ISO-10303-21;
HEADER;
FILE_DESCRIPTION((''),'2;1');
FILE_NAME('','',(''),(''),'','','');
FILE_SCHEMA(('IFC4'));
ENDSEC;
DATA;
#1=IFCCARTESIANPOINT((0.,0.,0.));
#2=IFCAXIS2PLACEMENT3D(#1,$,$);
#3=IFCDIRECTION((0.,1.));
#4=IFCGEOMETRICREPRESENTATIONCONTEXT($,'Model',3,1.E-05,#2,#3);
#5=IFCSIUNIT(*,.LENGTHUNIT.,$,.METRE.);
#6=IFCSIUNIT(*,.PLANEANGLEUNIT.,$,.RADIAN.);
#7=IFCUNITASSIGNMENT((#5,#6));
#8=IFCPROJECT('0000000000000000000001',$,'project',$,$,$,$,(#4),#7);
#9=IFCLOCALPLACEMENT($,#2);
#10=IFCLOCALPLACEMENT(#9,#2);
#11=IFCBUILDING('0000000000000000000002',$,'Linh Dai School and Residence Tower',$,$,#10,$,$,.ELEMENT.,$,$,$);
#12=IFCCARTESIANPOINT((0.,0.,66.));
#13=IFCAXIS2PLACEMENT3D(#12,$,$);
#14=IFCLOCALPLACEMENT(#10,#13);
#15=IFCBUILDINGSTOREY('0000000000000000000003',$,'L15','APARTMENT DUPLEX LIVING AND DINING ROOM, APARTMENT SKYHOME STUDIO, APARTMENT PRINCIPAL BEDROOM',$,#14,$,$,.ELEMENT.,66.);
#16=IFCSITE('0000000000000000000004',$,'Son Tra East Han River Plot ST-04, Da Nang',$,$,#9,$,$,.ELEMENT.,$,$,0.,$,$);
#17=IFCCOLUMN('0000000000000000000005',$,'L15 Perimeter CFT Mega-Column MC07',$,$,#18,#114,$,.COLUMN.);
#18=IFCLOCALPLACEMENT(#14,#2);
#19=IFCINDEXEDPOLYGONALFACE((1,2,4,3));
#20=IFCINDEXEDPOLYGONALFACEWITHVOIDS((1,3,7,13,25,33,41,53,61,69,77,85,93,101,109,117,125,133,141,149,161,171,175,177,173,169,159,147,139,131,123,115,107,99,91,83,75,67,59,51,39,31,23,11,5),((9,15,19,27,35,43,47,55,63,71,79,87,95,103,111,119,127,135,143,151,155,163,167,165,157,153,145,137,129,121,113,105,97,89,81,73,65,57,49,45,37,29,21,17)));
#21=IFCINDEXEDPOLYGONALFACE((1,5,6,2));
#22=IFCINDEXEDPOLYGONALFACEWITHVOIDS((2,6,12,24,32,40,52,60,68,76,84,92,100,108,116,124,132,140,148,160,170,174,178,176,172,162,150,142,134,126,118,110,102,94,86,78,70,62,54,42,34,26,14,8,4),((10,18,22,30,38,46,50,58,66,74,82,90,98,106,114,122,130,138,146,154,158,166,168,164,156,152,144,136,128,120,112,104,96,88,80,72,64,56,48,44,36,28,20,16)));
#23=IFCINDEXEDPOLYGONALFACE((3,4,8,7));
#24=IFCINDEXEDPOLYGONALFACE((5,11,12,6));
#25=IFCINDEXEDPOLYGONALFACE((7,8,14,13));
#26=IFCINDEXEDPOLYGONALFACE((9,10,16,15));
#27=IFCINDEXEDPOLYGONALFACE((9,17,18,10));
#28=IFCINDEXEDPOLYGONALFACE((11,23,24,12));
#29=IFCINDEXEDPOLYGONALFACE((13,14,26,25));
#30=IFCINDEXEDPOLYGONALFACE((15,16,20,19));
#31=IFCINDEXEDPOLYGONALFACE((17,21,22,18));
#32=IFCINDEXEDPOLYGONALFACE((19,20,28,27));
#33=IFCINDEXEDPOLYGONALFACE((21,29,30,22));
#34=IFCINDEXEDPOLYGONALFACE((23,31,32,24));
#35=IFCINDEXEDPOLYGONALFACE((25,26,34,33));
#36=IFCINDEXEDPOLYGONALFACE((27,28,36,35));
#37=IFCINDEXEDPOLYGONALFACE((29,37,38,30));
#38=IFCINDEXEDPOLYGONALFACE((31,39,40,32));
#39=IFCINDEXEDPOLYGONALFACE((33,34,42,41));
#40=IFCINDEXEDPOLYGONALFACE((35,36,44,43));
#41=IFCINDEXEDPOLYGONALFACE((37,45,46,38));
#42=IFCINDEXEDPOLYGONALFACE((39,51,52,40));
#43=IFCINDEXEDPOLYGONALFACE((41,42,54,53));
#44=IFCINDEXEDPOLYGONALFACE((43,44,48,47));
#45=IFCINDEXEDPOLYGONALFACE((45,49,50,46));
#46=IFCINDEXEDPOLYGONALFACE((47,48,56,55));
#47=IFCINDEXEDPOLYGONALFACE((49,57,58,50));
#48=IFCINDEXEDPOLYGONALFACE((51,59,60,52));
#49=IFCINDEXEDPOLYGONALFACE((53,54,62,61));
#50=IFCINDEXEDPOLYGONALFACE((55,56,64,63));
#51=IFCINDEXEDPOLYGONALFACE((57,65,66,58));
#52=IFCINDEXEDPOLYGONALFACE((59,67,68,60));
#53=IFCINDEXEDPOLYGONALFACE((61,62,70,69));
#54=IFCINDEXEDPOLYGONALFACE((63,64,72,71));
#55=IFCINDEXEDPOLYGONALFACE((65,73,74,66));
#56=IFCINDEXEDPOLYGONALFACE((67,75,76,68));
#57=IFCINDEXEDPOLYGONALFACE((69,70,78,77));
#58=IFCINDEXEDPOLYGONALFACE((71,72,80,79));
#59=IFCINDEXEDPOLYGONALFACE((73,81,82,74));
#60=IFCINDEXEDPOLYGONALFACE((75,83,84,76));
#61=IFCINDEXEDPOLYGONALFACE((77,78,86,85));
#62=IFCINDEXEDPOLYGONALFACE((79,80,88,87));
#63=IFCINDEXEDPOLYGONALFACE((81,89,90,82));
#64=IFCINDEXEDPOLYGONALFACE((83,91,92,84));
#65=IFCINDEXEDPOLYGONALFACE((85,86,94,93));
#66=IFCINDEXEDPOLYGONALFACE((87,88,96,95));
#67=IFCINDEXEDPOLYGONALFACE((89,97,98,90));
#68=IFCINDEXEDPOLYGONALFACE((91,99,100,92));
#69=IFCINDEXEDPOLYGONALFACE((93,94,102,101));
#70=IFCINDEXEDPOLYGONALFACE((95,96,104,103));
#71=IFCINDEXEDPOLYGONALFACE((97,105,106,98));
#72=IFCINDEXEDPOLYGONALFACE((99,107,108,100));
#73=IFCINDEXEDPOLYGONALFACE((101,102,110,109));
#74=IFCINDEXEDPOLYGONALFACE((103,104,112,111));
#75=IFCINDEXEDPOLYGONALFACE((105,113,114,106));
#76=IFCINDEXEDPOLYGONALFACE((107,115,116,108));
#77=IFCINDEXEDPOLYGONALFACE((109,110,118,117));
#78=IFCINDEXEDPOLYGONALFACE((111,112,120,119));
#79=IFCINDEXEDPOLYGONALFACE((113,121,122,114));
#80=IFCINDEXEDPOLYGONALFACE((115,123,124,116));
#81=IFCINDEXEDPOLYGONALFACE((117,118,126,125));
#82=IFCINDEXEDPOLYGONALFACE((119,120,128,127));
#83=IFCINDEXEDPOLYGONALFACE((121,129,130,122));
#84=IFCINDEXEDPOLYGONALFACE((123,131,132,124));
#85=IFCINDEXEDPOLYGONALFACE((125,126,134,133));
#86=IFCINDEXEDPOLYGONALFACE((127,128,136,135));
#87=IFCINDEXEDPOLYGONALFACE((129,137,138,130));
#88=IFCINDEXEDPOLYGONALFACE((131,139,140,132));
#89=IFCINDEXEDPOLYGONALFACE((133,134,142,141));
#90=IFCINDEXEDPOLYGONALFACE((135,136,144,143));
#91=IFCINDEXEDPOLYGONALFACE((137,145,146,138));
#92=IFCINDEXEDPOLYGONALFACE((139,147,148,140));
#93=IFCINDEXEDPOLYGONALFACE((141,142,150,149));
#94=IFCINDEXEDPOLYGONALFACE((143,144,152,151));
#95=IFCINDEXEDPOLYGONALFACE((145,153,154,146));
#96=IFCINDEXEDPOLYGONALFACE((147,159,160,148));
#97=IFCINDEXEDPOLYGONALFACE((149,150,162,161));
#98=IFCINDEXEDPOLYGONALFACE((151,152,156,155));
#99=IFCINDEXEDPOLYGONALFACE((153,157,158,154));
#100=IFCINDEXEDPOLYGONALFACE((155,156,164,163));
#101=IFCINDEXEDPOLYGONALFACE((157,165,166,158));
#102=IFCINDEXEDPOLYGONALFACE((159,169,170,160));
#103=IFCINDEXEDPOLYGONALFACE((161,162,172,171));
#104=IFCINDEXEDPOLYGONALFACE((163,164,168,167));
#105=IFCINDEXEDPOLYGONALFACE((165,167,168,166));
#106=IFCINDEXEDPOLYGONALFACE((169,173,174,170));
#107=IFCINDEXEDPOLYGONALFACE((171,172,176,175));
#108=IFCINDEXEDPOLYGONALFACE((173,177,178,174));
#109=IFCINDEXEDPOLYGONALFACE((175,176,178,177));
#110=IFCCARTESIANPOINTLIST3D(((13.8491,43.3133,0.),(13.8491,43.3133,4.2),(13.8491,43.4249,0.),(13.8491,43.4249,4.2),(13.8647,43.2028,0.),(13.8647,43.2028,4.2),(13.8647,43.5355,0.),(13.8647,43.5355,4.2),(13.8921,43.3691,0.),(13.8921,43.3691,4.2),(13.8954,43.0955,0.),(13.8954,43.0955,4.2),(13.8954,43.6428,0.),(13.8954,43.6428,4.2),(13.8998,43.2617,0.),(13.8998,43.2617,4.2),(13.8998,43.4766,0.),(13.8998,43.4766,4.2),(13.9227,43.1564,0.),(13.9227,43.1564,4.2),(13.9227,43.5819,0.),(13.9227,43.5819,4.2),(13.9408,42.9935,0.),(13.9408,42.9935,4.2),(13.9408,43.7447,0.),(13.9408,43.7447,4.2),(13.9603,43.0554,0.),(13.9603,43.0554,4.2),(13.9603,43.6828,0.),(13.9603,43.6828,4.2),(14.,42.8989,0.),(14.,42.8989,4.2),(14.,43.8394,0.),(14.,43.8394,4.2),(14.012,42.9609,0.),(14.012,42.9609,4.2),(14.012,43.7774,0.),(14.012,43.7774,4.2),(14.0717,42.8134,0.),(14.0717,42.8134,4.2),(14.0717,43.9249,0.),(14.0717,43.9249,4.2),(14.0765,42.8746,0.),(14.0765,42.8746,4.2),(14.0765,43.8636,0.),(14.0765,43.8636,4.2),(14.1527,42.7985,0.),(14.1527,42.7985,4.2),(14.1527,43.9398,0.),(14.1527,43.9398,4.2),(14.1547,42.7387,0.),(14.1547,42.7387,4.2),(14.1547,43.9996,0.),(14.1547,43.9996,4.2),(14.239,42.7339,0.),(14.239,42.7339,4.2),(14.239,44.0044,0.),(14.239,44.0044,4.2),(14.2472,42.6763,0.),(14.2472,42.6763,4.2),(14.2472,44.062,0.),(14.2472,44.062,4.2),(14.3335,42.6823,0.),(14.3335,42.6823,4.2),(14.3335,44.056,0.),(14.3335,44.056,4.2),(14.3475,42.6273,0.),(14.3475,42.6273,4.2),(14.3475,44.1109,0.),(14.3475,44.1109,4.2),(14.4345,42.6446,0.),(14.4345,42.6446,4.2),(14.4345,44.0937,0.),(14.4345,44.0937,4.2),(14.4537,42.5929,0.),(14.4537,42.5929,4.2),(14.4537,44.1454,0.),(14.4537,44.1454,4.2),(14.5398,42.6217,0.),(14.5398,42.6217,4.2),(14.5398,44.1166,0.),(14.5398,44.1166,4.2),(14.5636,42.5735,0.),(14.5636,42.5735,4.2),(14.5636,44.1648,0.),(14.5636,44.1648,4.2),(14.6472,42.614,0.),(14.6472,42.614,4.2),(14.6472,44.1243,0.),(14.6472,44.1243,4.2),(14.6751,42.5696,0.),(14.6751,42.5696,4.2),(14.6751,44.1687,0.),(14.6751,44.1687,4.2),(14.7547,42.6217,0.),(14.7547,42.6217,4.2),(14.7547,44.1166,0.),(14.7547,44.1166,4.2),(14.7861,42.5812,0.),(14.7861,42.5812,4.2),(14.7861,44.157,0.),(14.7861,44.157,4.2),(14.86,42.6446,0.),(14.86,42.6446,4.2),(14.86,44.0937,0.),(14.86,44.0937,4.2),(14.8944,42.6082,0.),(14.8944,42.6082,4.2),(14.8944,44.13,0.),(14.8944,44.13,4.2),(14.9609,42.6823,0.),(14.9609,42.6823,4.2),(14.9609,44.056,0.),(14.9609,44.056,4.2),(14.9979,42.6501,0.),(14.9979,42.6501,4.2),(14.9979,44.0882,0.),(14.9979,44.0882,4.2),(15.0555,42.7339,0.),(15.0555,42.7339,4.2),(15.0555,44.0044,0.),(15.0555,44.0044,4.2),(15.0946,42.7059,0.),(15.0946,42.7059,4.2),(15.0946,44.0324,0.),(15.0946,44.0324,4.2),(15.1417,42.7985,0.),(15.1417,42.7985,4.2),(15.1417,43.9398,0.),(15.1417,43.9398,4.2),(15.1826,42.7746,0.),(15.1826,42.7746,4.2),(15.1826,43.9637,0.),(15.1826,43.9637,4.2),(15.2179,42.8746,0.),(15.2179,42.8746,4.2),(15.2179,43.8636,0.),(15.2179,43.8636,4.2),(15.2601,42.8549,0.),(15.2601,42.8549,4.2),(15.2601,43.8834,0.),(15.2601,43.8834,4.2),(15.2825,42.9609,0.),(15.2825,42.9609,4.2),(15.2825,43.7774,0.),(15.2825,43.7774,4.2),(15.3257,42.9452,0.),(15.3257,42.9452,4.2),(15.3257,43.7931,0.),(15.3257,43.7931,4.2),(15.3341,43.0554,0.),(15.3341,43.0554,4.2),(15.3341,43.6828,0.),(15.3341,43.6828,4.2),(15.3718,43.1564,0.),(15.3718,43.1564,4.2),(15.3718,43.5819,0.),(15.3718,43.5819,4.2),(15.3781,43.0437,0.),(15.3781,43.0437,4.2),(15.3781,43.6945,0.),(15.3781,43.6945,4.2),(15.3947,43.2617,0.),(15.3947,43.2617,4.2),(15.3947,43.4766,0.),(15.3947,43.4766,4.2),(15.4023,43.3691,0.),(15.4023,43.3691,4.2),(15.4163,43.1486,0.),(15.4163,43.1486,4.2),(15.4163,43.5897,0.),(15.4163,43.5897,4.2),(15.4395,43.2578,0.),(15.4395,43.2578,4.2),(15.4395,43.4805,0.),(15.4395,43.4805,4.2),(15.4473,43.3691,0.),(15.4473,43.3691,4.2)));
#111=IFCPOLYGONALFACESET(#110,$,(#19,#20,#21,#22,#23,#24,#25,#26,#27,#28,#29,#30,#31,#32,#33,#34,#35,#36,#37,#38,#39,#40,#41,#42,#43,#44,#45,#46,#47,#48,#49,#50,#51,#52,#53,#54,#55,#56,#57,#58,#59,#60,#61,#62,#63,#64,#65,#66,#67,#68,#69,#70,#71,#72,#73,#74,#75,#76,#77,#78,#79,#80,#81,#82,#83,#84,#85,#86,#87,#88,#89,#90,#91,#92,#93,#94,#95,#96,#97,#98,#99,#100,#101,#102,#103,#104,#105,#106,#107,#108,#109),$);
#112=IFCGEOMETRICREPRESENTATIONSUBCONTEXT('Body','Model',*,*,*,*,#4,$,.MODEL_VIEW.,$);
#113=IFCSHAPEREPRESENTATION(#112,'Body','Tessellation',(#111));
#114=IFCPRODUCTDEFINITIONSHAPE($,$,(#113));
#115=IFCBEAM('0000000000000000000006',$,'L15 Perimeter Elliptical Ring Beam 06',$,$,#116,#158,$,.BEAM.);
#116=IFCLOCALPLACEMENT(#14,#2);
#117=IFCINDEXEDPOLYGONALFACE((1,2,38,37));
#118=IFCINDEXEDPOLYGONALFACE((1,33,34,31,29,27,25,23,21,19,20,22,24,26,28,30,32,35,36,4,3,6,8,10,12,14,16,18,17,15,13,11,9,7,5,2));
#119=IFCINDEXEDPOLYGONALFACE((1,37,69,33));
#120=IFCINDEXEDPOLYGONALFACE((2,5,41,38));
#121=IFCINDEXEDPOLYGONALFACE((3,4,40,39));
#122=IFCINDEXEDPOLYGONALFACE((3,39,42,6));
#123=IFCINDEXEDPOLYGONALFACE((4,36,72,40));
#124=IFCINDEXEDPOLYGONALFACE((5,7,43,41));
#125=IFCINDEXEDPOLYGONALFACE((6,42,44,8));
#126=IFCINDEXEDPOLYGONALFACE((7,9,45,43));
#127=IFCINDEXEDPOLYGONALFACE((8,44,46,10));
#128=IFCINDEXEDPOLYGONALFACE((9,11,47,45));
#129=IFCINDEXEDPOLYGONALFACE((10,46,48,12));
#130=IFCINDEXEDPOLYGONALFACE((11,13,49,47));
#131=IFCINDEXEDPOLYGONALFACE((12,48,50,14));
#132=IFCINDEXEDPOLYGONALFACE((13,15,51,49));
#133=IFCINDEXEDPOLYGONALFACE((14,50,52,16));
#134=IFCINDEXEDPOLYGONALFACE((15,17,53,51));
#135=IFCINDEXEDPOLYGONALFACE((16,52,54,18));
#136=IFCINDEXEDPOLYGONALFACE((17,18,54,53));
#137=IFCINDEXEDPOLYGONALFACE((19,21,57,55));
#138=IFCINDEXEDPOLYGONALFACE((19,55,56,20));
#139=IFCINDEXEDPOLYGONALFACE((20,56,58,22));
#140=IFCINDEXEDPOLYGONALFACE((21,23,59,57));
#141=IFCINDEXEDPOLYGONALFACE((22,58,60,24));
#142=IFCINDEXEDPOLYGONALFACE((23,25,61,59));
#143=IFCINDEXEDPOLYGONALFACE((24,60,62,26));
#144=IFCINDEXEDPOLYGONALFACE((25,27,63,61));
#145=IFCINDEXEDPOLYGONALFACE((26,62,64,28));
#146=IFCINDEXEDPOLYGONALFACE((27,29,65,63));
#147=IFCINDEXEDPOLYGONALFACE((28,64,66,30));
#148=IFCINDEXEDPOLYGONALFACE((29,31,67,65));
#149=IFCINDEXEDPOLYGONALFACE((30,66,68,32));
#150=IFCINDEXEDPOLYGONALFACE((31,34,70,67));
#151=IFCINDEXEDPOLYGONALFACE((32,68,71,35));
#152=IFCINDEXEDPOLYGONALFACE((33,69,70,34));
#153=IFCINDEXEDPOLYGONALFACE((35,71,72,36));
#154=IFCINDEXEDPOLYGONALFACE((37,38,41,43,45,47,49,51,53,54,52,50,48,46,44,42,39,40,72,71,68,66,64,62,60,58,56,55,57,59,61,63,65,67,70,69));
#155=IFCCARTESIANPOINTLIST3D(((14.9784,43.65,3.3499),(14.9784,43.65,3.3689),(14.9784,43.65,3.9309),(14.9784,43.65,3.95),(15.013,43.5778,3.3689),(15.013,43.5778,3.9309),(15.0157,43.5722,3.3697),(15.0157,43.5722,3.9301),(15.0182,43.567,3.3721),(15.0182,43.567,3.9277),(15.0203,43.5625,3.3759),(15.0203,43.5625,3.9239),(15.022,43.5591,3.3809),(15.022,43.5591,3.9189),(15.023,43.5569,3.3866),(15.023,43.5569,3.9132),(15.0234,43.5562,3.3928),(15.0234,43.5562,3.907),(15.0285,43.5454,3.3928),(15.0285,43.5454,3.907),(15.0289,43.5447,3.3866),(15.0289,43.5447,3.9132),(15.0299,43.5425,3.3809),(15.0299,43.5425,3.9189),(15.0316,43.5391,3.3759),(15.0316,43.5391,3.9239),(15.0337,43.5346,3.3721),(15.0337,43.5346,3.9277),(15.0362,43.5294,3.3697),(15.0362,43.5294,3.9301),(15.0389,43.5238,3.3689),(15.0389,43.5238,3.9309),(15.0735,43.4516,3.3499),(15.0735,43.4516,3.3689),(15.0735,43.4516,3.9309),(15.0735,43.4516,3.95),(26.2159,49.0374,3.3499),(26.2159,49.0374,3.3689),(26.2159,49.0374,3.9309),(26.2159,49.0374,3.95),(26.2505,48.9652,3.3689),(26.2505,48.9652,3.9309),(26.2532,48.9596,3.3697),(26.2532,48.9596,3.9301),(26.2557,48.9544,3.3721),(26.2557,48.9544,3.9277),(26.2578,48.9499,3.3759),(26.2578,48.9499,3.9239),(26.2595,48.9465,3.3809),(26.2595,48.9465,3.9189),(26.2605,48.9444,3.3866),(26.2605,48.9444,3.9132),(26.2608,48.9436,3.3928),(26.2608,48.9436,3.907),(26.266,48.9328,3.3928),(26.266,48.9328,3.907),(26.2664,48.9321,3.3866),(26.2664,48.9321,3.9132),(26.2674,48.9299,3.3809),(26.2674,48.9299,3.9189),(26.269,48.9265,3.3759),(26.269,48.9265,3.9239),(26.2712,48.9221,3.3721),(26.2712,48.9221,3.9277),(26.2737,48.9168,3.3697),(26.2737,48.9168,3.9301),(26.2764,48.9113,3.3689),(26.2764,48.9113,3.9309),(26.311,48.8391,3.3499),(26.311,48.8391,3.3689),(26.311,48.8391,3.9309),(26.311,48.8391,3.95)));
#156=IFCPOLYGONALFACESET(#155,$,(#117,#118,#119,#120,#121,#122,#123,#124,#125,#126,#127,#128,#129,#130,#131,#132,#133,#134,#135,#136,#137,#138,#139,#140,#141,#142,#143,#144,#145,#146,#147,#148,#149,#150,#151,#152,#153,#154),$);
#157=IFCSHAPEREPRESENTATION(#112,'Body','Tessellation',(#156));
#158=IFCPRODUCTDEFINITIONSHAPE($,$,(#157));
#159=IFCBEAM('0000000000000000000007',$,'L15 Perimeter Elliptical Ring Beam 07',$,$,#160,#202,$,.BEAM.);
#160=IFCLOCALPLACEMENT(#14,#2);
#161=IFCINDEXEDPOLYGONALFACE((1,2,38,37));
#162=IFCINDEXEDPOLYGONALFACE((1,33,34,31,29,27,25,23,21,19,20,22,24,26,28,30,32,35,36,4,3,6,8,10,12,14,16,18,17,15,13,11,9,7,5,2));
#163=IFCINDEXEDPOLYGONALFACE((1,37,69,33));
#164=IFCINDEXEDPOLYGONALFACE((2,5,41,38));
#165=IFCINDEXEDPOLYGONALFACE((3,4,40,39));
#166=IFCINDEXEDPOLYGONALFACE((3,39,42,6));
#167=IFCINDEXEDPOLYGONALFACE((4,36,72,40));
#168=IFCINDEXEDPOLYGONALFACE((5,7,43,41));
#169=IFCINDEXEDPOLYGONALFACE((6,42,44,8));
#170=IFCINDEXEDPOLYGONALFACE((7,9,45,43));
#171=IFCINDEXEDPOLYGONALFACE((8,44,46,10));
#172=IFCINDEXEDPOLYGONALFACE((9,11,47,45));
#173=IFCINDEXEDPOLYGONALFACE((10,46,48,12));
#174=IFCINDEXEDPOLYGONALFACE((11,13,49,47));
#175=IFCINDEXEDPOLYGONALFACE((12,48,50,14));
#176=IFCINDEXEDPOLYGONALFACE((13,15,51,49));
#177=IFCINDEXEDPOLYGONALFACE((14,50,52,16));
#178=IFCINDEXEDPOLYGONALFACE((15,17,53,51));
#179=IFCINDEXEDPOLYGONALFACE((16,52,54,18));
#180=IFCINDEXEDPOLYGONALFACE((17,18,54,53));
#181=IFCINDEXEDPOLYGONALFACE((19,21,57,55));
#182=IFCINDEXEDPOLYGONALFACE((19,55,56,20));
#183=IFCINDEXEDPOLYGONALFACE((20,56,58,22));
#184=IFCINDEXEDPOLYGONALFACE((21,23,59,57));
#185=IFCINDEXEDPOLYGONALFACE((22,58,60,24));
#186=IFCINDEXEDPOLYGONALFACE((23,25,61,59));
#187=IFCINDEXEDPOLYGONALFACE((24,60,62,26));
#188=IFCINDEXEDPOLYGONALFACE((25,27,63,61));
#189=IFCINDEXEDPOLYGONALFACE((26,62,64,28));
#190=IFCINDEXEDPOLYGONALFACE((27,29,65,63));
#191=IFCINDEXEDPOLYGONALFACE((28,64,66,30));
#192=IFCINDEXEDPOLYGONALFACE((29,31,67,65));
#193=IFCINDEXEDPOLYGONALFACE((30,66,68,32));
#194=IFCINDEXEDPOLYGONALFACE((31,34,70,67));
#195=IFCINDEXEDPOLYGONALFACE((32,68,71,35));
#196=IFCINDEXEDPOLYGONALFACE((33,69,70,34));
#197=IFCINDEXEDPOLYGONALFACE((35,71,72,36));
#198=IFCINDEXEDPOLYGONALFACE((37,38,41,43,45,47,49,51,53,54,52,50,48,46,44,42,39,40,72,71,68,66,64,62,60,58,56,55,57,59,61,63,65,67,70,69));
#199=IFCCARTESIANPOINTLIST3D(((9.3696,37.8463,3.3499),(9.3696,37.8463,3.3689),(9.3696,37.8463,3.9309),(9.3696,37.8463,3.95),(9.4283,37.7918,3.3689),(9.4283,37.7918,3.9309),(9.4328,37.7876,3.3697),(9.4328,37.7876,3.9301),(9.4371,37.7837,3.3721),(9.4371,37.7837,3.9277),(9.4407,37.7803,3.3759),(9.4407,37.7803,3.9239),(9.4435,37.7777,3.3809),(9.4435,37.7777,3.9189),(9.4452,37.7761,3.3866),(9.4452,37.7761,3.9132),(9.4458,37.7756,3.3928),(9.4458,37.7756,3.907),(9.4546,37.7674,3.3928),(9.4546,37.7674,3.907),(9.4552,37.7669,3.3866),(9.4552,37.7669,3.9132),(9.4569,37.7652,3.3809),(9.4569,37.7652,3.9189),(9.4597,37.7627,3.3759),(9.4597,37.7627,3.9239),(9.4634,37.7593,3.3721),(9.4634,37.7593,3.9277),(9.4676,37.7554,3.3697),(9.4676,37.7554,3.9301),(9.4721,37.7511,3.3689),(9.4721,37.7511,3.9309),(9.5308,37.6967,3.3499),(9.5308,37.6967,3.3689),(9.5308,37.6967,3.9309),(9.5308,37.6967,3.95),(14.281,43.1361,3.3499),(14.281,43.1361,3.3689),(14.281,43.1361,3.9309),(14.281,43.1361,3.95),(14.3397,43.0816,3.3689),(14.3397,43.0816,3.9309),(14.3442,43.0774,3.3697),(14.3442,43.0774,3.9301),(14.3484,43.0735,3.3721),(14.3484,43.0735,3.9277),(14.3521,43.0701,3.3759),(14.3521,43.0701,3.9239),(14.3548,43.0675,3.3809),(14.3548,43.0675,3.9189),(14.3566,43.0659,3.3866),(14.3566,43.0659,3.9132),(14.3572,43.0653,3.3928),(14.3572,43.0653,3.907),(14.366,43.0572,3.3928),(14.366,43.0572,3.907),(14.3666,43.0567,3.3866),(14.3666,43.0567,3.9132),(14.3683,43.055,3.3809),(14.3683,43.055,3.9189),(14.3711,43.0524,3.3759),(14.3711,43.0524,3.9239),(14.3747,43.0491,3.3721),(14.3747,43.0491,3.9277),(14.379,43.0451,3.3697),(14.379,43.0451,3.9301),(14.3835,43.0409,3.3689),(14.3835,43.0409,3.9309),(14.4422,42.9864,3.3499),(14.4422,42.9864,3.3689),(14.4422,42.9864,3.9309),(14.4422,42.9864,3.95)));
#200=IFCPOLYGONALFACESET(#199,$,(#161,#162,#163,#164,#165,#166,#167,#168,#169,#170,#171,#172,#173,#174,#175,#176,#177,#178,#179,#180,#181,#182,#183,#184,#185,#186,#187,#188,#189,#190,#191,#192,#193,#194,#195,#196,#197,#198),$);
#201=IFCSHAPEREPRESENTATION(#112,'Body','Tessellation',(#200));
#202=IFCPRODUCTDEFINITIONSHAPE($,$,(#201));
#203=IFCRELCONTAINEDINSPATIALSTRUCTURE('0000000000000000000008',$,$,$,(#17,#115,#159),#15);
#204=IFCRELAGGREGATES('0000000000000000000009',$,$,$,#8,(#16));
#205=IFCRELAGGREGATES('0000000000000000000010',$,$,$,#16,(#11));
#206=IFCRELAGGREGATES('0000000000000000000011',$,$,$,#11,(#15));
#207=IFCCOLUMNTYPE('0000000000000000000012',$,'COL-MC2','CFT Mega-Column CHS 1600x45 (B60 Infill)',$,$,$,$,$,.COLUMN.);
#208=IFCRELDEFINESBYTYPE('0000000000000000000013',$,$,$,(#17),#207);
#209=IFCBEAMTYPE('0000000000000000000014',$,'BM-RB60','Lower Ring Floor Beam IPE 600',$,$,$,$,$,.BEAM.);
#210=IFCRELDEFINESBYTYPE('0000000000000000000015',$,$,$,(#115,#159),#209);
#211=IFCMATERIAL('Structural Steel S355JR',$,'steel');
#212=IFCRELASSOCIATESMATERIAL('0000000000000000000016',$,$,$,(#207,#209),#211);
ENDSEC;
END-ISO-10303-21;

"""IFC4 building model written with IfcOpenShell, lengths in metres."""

from ifc_helpers import new_model, si_unit, direction, frame, origin, origin_2d, place, context, subcontext, project, spatial, hollow_circle, i_section, extrude, material, material_profile, profile_set, type_object, element, save


model = new_model("IFC4")

# Units and contexts
model_context = context("Model", 3, precision=1e-05, world=origin(), true_north=direction((0.0, 1.0)))
body_context = subcontext(model_context, "Body", "Model", "MODEL_VIEW")
ifc_project = project(units=[si_unit("LENGTHUNIT", "METRE"), si_unit("PLANEANGLEUNIT", "RADIAN")], contexts=[model_context])

# Site, building, storey
site_placement = place(None, origin())
site = spatial("IfcSite", under=ifc_project, at=site_placement, Name="Son Tra East Han River Plot ST-04, Da Nang", CompositionType="ELEMENT", RefElevation=0.0)
building_placement = place(site_placement, origin())
building = spatial("IfcBuilding", under=site, at=building_placement, Name="Linh Dai School and Residence Tower", CompositionType="ELEMENT")
storey_placement = place(building_placement, frame((0.0, 0.0, 66.0)))
storey = spatial("IfcBuildingStorey", under=building, at=storey_placement, Name="L15", Description="APARTMENT DUPLEX LIVING AND DINING ROOM, APARTMENT SKYHOME STUDIO, APARTMENT PRINCIPAL BEDROOM", CompositionType="ELEMENT", Elevation=66.0)

# Column
ifc_material_1 = material(Name="Structural Steel S355JR", Category="steel")
ifc_material_profile_1 = material_profile(ifc_material_1, hollow_circle(Radius=0.8, WallThickness=0.0449, at=origin_2d()), Name="CHS 1600x45")
ifc_profile_set_1 = profile_set([ifc_material_profile_1], Name="Structural Steel S355JR")
column_type = type_object("IfcColumnType", Name="COL-MC2", Description="CFT Mega-Column CHS 1600x45 (B60 Infill)", PredefinedType="COLUMN", material=ifc_profile_set_1)
column_placement = place(storey_placement, frame((14.6472, 43.3691, 0.0), z_axis=(0.0, 0.0, 1.0), x_axis=(1.0, 0.0, 0.0)))
element("IfcColumn", 1, at=column_placement, inside=storey, type_object=column_type, Name="L15 Perimeter CFT Mega-Column MC07", PredefinedType="COLUMN", context=body_context, shape_type="SweptSolid", body=[
    extrude(hollow_circle(Radius=0.8, WallThickness=0.0449, at=origin_2d()), origin(), (0.0, 0.0, 1.0), 4.2),
])

# Beams
ifc_material_profile_2 = material_profile(ifc_material_1, i_section(OverallWidth=0.22, OverallDepth=0.6001, WebThickness=0.012, FlangeThickness=0.019, FilletRadius=0.0239, at=origin_2d()), Name="IPE 600")
ifc_profile_set_2 = profile_set([ifc_material_profile_2], Name="Structural Steel S355JR")
beam_type_1 = type_object("IfcBeamType", Name="BM-RB60", Description="Lower Ring Floor Beam IPE 600", PredefinedType="BEAM", material=ifc_profile_set_2)
beam_1_placement = place(storey_placement, frame((26.2634, 48.9382, 3.6499), z_axis=(-0.901729, -0.432302, 0.0), x_axis=(0.432302, -0.901729, 0.0)))
element("IfcBeam", 2, at=beam_1_placement, inside=storey, type_object=beam_type_1, Name="L15 Perimeter Elliptical Ring Beam 06", PredefinedType="BEAM", context=body_context, shape_type="SweptSolid", body=[
    extrude(i_section(OverallWidth=0.22, OverallDepth=0.6001, WebThickness=0.012, FlangeThickness=0.019, FilletRadius=0.0239, at=origin_2d()), origin(), (0.0, 0.0, 1.0), 12.4622),
])
beam_2_placement = place(storey_placement, frame((14.3616, 43.0613, 3.6499), z_axis=(-0.680408, -0.732833, 0.0), x_axis=(0.732833, -0.680408, 0.0)))
element("IfcBeam", 3, at=beam_2_placement, inside=storey, type_object=beam_type_1, Name="L15 Perimeter Elliptical Ring Beam 07", PredefinedType="BEAM", context=body_context, shape_type="SweptSolid", body=[
    extrude(i_section(OverallWidth=0.22, OverallDepth=0.6001, WebThickness=0.012, FlangeThickness=0.019, FilletRadius=0.0239, at=origin_2d()), origin(), (0.0, 0.0, 1.0), 7.2183),
])

save(model, "model.ifc")
